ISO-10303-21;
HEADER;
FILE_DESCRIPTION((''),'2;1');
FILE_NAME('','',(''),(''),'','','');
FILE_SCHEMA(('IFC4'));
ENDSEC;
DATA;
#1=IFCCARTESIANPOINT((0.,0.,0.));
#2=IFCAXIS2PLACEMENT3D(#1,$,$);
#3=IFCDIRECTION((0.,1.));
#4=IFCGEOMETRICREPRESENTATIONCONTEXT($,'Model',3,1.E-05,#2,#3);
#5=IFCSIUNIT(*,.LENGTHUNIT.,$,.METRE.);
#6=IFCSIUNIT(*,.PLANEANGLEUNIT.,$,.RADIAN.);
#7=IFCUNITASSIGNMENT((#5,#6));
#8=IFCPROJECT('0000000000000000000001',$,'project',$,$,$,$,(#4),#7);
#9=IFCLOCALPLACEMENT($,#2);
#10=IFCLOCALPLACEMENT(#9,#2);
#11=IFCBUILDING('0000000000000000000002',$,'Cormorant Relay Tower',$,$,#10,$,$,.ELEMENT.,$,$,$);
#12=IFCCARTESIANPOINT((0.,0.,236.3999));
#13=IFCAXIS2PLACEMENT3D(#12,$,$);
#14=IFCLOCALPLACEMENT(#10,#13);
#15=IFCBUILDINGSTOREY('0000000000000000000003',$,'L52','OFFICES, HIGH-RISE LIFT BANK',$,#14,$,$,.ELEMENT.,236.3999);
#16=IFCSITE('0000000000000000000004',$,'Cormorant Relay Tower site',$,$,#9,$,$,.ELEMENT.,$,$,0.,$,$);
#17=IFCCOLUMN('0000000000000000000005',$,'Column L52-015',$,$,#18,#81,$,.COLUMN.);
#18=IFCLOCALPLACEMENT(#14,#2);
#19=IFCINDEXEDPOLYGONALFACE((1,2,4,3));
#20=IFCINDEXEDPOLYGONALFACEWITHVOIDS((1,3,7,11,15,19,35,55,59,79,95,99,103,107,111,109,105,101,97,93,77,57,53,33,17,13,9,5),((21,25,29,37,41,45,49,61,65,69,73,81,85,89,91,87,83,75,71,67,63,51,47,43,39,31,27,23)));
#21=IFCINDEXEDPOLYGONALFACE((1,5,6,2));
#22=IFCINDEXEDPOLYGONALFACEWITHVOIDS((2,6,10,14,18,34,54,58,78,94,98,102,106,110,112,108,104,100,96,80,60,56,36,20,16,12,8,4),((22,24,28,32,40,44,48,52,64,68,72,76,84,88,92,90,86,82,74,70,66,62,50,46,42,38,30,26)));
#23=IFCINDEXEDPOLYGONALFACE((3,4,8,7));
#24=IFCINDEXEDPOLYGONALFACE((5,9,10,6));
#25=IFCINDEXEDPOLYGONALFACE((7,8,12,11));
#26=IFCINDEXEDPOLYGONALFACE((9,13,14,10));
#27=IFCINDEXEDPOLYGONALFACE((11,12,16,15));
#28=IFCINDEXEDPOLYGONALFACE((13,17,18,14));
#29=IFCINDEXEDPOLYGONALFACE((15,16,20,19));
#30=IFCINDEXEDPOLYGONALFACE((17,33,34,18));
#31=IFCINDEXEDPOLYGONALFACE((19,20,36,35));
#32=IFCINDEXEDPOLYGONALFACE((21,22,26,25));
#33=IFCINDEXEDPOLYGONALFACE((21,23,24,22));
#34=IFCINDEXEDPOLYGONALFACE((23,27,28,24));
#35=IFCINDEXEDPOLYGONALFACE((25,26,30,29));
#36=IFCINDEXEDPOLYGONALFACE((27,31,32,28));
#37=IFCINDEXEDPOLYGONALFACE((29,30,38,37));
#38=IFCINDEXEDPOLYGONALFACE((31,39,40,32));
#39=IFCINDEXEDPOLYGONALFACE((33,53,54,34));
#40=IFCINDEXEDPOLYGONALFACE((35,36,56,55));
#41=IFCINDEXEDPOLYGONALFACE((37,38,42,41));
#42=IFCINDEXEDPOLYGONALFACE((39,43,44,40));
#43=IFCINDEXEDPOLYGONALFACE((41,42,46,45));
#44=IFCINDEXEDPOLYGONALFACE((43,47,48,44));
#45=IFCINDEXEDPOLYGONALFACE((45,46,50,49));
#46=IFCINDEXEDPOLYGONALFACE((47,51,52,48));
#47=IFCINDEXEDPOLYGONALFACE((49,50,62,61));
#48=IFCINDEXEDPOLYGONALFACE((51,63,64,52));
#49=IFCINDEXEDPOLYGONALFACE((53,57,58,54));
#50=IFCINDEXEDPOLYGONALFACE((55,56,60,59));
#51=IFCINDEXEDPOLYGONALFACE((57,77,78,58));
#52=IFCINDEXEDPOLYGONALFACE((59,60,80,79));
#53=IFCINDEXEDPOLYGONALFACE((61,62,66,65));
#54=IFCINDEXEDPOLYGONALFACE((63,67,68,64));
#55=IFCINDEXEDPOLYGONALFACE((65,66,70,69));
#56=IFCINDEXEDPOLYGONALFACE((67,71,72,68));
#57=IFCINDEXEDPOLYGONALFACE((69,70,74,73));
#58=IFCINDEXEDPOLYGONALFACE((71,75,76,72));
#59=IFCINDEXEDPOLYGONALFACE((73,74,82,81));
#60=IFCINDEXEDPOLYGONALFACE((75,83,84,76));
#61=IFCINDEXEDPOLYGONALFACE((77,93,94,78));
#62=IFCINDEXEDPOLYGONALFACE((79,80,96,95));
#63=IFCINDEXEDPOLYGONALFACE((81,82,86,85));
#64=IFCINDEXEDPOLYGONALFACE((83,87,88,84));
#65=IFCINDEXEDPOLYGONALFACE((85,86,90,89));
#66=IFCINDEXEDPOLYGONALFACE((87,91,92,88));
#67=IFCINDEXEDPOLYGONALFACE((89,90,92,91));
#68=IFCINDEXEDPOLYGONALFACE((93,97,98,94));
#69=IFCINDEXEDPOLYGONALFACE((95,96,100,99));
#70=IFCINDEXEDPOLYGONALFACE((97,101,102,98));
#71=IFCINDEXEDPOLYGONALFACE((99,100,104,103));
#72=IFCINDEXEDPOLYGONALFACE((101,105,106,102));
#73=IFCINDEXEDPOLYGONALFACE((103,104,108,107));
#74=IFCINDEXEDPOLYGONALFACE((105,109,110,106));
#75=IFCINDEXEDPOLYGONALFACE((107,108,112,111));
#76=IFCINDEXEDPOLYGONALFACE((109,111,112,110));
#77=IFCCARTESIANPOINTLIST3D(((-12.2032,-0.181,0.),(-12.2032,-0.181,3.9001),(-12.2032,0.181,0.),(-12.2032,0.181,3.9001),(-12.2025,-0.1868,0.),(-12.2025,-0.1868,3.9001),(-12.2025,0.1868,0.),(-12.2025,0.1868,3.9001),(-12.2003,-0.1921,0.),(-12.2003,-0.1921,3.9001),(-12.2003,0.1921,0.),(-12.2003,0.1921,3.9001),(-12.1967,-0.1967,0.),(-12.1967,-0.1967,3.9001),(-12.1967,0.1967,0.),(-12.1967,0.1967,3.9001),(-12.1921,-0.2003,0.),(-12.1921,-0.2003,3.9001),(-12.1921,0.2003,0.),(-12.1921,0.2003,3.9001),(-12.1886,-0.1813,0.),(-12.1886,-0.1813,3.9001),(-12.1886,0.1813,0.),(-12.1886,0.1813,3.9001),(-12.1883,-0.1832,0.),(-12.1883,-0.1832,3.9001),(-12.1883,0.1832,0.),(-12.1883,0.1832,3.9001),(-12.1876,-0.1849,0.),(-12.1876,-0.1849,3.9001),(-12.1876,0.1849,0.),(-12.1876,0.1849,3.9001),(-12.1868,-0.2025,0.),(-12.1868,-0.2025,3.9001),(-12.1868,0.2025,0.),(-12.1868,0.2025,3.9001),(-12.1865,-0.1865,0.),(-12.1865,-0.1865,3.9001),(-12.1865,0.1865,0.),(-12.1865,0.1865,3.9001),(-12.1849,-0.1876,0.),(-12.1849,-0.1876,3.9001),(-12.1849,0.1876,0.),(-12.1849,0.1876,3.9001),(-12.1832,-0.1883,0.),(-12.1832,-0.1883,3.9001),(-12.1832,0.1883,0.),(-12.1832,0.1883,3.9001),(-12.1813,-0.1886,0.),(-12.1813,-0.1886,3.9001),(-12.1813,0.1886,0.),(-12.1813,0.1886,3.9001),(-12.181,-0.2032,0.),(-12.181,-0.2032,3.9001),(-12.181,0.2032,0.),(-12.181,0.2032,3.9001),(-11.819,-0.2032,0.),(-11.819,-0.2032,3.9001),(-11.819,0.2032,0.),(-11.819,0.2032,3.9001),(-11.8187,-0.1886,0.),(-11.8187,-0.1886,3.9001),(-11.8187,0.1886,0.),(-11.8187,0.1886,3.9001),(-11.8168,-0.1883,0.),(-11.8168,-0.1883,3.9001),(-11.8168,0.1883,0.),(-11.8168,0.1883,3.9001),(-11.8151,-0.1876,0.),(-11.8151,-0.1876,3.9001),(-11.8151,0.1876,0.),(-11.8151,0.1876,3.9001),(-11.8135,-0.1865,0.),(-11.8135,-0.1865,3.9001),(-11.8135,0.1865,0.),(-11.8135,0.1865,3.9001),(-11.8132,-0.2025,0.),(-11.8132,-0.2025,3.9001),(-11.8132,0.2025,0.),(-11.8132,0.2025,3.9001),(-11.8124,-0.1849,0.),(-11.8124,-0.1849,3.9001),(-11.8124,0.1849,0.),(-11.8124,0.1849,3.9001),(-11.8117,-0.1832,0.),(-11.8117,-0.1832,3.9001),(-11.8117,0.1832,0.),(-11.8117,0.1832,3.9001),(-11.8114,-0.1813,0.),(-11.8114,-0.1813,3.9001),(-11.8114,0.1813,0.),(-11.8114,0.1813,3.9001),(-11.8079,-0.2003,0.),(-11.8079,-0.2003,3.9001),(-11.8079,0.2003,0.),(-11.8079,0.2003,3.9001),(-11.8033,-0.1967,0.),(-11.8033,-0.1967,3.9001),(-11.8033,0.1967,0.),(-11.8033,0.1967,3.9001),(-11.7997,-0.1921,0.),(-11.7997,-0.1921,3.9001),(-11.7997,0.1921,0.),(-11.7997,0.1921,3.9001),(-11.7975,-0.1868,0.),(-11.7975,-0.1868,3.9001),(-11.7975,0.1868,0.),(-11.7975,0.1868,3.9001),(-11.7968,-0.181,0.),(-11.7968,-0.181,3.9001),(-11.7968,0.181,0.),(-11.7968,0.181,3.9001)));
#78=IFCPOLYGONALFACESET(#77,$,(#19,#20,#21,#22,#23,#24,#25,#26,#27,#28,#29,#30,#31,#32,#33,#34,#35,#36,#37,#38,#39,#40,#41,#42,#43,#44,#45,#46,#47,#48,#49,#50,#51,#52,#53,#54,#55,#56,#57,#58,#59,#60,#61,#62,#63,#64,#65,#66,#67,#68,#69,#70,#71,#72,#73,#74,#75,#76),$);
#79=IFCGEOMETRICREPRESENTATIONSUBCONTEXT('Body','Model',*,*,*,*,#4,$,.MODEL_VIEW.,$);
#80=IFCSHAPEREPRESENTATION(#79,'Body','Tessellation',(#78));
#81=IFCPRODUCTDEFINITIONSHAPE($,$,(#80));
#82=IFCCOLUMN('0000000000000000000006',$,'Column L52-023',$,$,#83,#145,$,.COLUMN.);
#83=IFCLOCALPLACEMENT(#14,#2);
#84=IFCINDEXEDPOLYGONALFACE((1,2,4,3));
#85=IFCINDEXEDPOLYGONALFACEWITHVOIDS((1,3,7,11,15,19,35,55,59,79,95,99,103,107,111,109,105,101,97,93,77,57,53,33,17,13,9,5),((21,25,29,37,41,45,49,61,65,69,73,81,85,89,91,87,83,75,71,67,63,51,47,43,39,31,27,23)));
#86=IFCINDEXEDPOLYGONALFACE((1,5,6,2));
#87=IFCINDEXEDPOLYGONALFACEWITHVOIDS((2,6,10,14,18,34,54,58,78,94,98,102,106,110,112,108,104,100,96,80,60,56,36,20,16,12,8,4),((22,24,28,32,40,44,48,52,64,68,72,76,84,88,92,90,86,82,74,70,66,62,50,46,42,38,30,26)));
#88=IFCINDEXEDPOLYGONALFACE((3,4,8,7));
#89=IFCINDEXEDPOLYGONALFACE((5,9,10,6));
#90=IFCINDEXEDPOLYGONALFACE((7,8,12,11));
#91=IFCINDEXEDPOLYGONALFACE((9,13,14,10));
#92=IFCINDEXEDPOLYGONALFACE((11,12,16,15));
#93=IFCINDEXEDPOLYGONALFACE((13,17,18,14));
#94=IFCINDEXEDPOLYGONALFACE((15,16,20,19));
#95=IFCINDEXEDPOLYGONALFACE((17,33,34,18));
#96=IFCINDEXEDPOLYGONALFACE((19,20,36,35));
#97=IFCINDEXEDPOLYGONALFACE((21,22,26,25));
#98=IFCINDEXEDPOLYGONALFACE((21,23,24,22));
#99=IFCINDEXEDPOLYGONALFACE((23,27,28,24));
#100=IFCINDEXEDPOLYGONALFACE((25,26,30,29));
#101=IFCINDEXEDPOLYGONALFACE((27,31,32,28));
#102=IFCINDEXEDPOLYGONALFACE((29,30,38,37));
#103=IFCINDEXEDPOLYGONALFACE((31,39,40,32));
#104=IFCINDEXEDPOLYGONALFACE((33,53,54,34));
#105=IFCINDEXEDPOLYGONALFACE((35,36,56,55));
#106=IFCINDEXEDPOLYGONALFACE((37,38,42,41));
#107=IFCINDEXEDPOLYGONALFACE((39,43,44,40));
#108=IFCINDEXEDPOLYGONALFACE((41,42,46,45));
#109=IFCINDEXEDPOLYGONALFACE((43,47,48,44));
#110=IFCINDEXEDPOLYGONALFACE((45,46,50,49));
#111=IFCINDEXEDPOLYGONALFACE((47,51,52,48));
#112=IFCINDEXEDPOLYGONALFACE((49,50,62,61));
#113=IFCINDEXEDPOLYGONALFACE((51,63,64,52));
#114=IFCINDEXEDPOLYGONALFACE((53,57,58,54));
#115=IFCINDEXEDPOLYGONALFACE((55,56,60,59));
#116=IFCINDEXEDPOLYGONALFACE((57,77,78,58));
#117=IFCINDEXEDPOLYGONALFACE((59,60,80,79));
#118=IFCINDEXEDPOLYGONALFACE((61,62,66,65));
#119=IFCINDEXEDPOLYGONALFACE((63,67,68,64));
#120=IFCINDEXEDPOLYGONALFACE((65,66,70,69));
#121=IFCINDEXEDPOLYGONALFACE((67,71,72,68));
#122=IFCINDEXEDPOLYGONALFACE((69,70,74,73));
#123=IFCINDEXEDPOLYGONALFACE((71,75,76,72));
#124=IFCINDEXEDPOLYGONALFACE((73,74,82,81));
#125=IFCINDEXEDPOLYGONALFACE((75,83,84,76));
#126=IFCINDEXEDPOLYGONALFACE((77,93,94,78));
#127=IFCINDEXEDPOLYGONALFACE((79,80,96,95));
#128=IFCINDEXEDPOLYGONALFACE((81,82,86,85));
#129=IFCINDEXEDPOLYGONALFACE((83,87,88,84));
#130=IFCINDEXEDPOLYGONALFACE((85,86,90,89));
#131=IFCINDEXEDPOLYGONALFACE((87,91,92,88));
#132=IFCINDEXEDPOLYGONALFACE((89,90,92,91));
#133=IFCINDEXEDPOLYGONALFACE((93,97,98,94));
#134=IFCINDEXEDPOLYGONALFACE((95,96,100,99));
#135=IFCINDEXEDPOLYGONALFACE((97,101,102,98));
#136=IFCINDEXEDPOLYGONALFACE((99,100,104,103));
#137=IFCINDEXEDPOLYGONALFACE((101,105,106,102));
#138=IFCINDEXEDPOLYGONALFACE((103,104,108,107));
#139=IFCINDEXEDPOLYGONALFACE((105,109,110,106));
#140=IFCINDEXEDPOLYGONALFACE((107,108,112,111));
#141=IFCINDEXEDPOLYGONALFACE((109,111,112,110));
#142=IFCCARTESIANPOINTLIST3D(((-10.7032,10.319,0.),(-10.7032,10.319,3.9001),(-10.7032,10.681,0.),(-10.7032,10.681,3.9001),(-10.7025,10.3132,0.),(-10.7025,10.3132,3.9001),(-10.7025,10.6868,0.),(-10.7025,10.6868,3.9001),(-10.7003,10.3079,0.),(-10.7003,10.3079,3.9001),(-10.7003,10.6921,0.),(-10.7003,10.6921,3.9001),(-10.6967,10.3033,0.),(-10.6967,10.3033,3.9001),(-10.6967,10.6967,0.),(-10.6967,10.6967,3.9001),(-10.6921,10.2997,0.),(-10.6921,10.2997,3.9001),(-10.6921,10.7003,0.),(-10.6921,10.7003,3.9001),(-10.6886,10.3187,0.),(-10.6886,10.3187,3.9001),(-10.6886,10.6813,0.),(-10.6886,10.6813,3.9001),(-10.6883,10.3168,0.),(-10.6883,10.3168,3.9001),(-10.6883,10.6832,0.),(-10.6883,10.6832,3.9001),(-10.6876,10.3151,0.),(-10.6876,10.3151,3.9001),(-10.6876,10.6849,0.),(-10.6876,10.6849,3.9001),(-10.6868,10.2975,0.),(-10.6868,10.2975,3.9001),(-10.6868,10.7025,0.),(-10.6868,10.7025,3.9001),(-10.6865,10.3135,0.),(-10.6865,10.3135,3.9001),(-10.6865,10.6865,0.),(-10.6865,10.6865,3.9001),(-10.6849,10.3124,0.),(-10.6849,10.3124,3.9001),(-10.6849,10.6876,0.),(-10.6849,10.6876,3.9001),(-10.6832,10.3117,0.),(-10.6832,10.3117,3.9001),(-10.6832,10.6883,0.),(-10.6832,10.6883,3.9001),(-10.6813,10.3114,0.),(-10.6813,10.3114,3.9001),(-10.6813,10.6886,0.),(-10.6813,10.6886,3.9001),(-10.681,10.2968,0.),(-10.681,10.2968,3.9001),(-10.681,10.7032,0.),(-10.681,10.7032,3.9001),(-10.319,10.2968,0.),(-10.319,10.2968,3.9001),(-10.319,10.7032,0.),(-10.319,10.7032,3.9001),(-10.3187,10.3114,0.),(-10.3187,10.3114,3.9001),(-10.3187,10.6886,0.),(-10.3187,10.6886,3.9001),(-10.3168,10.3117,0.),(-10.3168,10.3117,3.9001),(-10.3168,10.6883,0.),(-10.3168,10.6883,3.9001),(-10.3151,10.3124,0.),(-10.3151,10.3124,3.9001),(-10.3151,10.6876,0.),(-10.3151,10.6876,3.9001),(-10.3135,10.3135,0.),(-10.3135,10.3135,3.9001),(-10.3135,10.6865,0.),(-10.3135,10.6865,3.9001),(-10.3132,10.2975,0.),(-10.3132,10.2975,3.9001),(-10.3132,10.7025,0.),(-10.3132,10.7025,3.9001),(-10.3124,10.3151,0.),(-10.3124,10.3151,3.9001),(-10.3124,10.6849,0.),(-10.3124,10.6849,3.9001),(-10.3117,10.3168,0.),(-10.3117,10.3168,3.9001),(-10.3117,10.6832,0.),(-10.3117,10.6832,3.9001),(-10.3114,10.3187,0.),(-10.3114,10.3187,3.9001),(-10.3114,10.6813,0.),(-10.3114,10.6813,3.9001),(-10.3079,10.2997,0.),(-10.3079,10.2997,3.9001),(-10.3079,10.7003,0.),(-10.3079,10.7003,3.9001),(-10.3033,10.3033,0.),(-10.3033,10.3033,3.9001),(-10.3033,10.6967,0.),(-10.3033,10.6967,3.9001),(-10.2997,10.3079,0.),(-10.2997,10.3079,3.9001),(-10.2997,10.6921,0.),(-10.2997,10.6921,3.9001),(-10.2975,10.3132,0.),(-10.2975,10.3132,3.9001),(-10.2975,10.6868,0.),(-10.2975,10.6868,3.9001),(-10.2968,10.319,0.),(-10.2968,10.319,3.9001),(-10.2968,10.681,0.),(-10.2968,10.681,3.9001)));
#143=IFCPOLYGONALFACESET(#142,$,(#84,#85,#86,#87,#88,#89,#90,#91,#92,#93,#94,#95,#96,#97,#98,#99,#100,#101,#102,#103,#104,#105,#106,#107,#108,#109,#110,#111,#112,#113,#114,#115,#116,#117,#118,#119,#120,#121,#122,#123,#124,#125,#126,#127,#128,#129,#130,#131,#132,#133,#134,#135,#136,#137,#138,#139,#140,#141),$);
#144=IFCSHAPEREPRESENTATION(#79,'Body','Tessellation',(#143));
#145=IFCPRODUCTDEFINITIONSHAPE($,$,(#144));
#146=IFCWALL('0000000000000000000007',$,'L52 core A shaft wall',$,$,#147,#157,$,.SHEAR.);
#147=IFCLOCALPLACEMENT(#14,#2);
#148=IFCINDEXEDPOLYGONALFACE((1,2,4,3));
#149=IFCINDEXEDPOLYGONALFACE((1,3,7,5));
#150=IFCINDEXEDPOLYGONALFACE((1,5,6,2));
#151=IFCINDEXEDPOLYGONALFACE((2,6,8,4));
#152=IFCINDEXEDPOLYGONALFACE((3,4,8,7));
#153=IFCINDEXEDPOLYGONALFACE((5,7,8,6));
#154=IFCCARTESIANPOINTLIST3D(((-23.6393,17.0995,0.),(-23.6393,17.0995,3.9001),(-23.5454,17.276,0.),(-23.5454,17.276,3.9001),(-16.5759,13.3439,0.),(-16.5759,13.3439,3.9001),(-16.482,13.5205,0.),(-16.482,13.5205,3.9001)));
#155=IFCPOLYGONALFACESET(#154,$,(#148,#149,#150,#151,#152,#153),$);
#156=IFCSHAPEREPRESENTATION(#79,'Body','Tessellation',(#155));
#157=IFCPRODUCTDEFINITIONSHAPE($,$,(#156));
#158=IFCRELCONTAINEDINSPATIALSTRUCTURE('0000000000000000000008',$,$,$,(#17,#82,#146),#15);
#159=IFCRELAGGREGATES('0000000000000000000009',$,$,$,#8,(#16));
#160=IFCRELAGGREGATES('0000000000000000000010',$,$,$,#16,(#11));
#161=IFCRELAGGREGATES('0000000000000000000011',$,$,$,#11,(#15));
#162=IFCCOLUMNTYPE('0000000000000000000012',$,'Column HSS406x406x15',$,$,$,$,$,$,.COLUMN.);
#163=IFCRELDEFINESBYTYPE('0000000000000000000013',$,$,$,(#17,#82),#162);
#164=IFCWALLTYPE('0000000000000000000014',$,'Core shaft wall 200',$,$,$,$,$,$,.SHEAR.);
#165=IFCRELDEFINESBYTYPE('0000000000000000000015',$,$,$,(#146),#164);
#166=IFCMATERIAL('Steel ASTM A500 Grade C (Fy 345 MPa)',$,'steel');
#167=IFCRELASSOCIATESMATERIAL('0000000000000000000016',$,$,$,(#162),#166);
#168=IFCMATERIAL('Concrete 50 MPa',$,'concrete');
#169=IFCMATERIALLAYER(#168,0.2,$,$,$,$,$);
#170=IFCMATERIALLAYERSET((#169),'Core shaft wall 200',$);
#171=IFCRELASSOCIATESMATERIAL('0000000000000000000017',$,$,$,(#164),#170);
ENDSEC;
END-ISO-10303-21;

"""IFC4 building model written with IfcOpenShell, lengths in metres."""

from ifc_helpers import new_model, si_unit, direction, frame, frame_2d, origin, origin_2d, place, context, subcontext, project, spatial, rectangle, hollow_rectangle, extrude, material, layer, layer_set, material_profile, profile_set, type_object, element, save


model = new_model("IFC4")

# Units and contexts
model_context = context("Model", 3, precision=1e-05, world=origin(), true_north=direction((0.0, 1.0)))
body_context = subcontext(model_context, "Body", "Model", "MODEL_VIEW")
ifc_project = project(units=[si_unit("LENGTHUNIT", "METRE"), si_unit("PLANEANGLEUNIT", "RADIAN")], contexts=[model_context])

# Site, building, storey
site_placement = place(None, origin())
site = spatial("IfcSite", under=ifc_project, at=site_placement, Name="Cormorant Relay Tower site", CompositionType="ELEMENT", RefElevation=0.0)
building_placement = place(site_placement, origin())
building = spatial("IfcBuilding", under=site, at=building_placement, Name="Cormorant Relay Tower", CompositionType="ELEMENT")
storey_placement = place(building_placement, frame((0.0, 0.0, 236.3999)))
storey = spatial("IfcBuildingStorey", under=building, at=storey_placement, Name="L52", Description="OFFICES, HIGH-RISE LIFT BANK", CompositionType="ELEMENT", Elevation=236.3999)

# Columns
ifc_material_1 = material(Name="Steel ASTM A500 Grade C (Fy 345 MPa)", Category="steel")
ifc_material_profile = material_profile(ifc_material_1, hollow_rectangle(XDim=0.4065, YDim=0.4065, WallThickness=0.0146, InnerFilletRadius=0.0073, OuterFilletRadius=0.0222, at=origin_2d()), Name="HSS406x406x15")
ifc_profile_set = profile_set([ifc_material_profile], Name="Steel ASTM A500 Grade C (Fy 345 MPa)")
column_type = type_object("IfcColumnType", Name="Column HSS406x406x15", PredefinedType="COLUMN", material=ifc_profile_set)
for number, where, z_axis, x_axis, name in (
    (1, (-12.0, 0.0, 0.0), (0.0, 0.0, 1.0), (1.0, 0.0, 0.0), "Column L52-015"),
    (2, (-10.5, 10.5, 0.0), (0.0, 0.0, 1.0), (1.0, 0.0, 0.0), "Column L52-023"),
):
    element("IfcColumn", number, at=place(storey_placement, frame(where, z_axis=z_axis, x_axis=x_axis)), inside=storey, type_object=column_type, Name=name, PredefinedType="COLUMN", context=body_context, shape_type="SweptSolid", body=[
        extrude(hollow_rectangle(XDim=0.4065, YDim=0.4065, WallThickness=0.0146, InnerFilletRadius=0.0073, OuterFilletRadius=0.0222, at=origin_2d()), origin(), (0.0, 0.0, 1.0), 3.9001),
    ])

# Wall
ifc_material_2 = material(Name="Concrete 50 MPa", Category="concrete")
ifc_layer_1 = layer(ifc_material_2, 0.2)
ifc_layer_set_1 = layer_set([ifc_layer_1], Name="Core shaft wall 200")
wall_type_1 = type_object("IfcWallType", Name="Core shaft wall 200", PredefinedType="SHEAR", material=ifc_layer_set_1)
wall_1_placement = place(storey_placement, frame((-16.5288, 13.4321, 0.0), z_axis=(0.0, 0.0, 1.0), x_axis=(-0.882953, 0.469462, 0.0)))
element("IfcWall", 3, at=wall_1_placement, inside=storey, type_object=wall_type_1, Name="L52 core A shaft wall", PredefinedType="SHEAR", context=body_context, shape_type="SweptSolid", body=[
    extrude(rectangle(XDim=7.9998, YDim=0.2, at=frame_2d((4.0, 0.0))), origin(), (0.0, 0.0, 1.0), 3.9001),
])

save(model, "model.ifc")
